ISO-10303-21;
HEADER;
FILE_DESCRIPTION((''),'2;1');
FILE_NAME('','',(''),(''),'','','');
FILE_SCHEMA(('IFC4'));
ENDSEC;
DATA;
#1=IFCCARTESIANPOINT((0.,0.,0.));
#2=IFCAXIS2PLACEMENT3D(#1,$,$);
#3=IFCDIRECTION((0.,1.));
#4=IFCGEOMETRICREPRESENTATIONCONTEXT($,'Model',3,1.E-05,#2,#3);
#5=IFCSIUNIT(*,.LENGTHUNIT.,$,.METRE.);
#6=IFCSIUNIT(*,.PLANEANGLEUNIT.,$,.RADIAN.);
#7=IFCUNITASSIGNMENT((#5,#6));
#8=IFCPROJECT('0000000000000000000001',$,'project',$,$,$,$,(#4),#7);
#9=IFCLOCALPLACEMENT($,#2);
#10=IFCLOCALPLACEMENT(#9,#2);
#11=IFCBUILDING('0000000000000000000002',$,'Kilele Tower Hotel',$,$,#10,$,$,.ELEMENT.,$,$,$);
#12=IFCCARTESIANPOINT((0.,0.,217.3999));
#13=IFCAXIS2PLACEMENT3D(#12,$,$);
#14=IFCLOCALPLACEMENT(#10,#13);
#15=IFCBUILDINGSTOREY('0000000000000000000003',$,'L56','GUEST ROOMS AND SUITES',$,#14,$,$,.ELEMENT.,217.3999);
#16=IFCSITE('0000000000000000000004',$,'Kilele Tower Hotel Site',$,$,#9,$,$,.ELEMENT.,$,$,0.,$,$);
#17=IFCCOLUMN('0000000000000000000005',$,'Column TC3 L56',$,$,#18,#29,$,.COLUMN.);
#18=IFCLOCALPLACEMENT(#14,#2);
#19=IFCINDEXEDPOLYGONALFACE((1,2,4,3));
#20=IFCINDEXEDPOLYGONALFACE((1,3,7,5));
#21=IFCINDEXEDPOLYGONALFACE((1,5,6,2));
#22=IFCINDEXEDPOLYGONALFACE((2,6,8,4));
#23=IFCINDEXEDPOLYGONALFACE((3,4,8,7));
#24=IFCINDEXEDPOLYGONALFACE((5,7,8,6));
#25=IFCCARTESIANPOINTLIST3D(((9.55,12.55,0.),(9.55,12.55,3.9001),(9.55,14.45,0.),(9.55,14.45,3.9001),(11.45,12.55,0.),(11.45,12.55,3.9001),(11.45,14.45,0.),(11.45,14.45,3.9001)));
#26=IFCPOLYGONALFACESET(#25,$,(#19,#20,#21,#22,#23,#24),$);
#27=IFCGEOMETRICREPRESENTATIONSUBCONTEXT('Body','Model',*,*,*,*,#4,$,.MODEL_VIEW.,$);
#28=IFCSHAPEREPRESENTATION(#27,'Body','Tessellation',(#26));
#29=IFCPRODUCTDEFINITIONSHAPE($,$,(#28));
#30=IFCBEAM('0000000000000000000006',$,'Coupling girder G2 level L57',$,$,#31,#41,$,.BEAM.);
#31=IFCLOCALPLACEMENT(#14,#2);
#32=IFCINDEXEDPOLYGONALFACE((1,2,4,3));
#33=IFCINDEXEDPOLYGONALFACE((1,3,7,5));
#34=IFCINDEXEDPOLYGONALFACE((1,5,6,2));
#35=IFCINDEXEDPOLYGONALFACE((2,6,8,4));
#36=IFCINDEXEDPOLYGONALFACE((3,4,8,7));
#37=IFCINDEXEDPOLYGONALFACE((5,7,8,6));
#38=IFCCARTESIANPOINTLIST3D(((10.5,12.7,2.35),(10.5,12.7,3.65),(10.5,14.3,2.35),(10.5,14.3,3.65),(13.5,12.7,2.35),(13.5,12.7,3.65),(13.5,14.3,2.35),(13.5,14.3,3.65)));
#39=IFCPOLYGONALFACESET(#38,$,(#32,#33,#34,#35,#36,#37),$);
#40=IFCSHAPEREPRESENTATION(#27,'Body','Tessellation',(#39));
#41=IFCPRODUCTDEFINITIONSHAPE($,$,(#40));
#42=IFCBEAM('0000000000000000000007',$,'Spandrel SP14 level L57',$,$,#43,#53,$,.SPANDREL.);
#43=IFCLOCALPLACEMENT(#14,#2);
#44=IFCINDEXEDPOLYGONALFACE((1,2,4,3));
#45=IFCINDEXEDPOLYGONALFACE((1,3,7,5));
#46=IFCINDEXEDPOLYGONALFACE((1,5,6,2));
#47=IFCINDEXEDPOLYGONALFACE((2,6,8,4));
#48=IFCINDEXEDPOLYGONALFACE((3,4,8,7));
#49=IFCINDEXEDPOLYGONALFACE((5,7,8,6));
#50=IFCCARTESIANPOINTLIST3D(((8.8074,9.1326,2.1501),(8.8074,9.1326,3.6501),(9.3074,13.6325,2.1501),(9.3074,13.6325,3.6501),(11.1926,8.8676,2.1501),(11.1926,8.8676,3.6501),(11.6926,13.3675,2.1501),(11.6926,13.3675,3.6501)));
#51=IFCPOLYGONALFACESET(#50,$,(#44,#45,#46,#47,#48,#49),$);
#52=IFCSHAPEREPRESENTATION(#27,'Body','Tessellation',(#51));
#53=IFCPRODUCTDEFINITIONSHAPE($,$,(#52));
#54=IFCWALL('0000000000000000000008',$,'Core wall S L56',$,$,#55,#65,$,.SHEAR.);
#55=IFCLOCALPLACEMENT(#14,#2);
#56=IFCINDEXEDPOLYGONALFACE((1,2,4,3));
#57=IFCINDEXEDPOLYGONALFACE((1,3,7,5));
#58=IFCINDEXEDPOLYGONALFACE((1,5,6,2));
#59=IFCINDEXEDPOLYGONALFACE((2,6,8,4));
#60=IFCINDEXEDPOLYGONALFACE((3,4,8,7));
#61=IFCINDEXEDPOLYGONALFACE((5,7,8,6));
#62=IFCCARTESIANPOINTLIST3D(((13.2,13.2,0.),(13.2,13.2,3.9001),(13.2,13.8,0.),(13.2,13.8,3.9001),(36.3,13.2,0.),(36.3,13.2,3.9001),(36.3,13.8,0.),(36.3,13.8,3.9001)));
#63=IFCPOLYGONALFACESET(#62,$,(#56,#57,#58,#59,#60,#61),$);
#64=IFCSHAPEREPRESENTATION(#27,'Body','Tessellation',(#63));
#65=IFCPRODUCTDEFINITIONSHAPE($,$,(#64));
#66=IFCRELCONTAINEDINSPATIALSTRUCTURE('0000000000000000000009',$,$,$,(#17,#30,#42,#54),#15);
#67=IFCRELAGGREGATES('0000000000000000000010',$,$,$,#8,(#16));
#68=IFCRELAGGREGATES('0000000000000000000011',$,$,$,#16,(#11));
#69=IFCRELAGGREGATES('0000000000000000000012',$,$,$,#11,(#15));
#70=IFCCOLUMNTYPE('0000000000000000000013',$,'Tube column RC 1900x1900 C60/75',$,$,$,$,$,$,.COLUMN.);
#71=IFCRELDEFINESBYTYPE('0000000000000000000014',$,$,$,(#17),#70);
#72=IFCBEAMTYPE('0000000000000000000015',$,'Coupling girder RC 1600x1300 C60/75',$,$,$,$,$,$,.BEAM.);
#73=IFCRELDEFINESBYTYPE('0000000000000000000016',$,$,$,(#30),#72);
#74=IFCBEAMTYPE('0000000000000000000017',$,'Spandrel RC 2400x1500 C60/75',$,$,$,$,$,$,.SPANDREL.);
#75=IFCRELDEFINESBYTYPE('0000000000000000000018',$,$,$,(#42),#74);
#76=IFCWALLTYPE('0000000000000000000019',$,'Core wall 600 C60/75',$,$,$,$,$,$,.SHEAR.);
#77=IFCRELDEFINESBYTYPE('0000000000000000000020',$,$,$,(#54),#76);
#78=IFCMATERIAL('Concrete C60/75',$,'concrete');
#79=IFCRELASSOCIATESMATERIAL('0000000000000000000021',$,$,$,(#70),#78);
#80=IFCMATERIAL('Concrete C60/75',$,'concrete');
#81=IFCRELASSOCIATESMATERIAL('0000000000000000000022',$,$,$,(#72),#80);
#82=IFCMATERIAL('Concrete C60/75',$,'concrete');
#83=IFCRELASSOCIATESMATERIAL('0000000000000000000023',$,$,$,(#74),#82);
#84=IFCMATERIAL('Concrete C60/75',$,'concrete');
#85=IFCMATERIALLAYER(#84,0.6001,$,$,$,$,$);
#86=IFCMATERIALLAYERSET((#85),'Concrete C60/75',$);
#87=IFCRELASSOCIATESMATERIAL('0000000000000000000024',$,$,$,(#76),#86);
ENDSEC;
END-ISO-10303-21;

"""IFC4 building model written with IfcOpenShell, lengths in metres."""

from ifc_helpers import new_model, si_unit, direction, frame, frame_2d, origin, origin_2d, place, context, subcontext, project, spatial, rectangle, extrude, material, layer, layer_set, material_profile, profile_set, type_object, element, save


model = new_model("IFC4")

# Units and contexts
model_context = context("Model", 3, precision=1e-05, world=origin(), true_north=direction((0.0, 1.0)))
body_context = subcontext(model_context, "Body", "Model", "MODEL_VIEW")
ifc_project = project(units=[si_unit("LENGTHUNIT", "METRE"), si_unit("PLANEANGLEUNIT", "RADIAN")], contexts=[model_context])

# Site, building, storey
site_placement = place(None, origin())
site = spatial("IfcSite", under=ifc_project, at=site_placement, Name="Kilele Tower Hotel Site", CompositionType="ELEMENT", RefElevation=0.0)
building_placement = place(site_placement, origin())
building = spatial("IfcBuilding", under=site, at=building_placement, Name="Kilele Tower Hotel", CompositionType="ELEMENT")
storey_placement = place(building_placement, frame((0.0, 0.0, 217.3999)))
storey = spatial("IfcBuildingStorey", under=building, at=storey_placement, Name="L56", Description="GUEST ROOMS AND SUITES", CompositionType="ELEMENT", Elevation=217.3999)

# Column
ifc_material_1 = material(Name="Concrete C60/75", Category="concrete")
ifc_material_profile_1 = material_profile(ifc_material_1, rectangle(XDim=1.8999, YDim=1.8999, at=origin_2d()))
ifc_profile_set_1 = profile_set([ifc_material_profile_1], Name="Concrete C60/75")
column_type = type_object("IfcColumnType", Name="Tube column RC 1900x1900 C60/75", PredefinedType="COLUMN", material=ifc_profile_set_1)
column_placement = place(storey_placement, frame((10.5, 13.5, 0.0), z_axis=(0.0, 0.0, 1.0), x_axis=(1.0, 0.0, 0.0)))
element("IfcColumn", 1, at=column_placement, inside=storey, type_object=column_type, Name="Column TC3 L56", PredefinedType="COLUMN", context=body_context, shape_type="SweptSolid", body=[
    extrude(rectangle(XDim=1.8999, YDim=1.8999, at=origin_2d()), origin(), (0.0, 0.0, 1.0), 3.9001),
])

# Beams
ifc_material_2 = material(Name="Concrete C60/75", Category="concrete")
ifc_material_profile_2 = material_profile(ifc_material_2, rectangle(XDim=1.6001, YDim=1.3, at=origin_2d()))
ifc_profile_set_2 = profile_set([ifc_material_profile_2], Name="Concrete C60/75")
beam_type_1 = type_object("IfcBeamType", Name="Coupling girder RC 1600x1300 C60/75", PredefinedType="BEAM", material=ifc_profile_set_2)
beam_1_placement = place(storey_placement, frame((10.5, 13.5, 3.0), z_axis=(1.0, 0.0, 0.0), x_axis=(0.0, 1.0, 0.0)))
element("IfcBeam", 2, at=beam_1_placement, inside=storey, type_object=beam_type_1, Name="Coupling girder G2 level L57", PredefinedType="BEAM", context=body_context, shape_type="SweptSolid", body=[
    extrude(rectangle(XDim=1.6001, YDim=1.3, at=origin_2d()), origin(), (0.0, 0.0, 1.0), 3.0),
])
ifc_material_3 = material(Name="Concrete C60/75", Category="concrete")
ifc_material_profile_3 = material_profile(ifc_material_3, rectangle(XDim=2.3999, YDim=1.5, at=origin_2d()))
ifc_profile_set_3 = profile_set([ifc_material_profile_3], Name="Concrete C60/75")
beam_type_2 = type_object("IfcBeamType", Name="Spandrel RC 2400x1500 C60/75", PredefinedType="SPANDREL", material=ifc_profile_set_3)
beam_2_placement = place(storey_placement, frame((10.5, 13.5, 2.9001), z_axis=(-0.110432, -0.993884, 0.0), x_axis=(0.993884, -0.110432, 0.0)))
element("IfcBeam", 3, at=beam_2_placement, inside=storey, type_object=beam_type_2, Name="Spandrel SP14 level L57", PredefinedType="SPANDREL", context=body_context, shape_type="SweptSolid", body=[
    extrude(rectangle(XDim=2.3999, YDim=1.5, at=origin_2d()), origin(), (0.0, 0.0, 1.0), 4.5276),
])

# Wall
ifc_material_4 = material(Name="Concrete C60/75", Category="concrete")
ifc_layer = layer(ifc_material_4, 0.6001)
ifc_layer_set = layer_set([ifc_layer], Name="Concrete C60/75")
wall_type = type_object("IfcWallType", Name="Core wall 600 C60/75", PredefinedType="SHEAR", material=ifc_layer_set)
wall_1_placement = place(storey_placement, frame((13.2, 13.5, 0.0), z_axis=(0.0, 0.0, 1.0), x_axis=(1.0, 0.0, 0.0)))
element("IfcWall", 4, at=wall_1_placement, inside=storey, type_object=wall_type, Name="Core wall S L56", PredefinedType="SHEAR", context=body_context, shape_type="SweptSolid", body=[
    extrude(rectangle(XDim=23.1001, YDim=0.6001, at=frame_2d((11.55, 0.0))), origin(), (0.0, 0.0, 1.0), 3.9001),
])

save(model, "model.ifc")
